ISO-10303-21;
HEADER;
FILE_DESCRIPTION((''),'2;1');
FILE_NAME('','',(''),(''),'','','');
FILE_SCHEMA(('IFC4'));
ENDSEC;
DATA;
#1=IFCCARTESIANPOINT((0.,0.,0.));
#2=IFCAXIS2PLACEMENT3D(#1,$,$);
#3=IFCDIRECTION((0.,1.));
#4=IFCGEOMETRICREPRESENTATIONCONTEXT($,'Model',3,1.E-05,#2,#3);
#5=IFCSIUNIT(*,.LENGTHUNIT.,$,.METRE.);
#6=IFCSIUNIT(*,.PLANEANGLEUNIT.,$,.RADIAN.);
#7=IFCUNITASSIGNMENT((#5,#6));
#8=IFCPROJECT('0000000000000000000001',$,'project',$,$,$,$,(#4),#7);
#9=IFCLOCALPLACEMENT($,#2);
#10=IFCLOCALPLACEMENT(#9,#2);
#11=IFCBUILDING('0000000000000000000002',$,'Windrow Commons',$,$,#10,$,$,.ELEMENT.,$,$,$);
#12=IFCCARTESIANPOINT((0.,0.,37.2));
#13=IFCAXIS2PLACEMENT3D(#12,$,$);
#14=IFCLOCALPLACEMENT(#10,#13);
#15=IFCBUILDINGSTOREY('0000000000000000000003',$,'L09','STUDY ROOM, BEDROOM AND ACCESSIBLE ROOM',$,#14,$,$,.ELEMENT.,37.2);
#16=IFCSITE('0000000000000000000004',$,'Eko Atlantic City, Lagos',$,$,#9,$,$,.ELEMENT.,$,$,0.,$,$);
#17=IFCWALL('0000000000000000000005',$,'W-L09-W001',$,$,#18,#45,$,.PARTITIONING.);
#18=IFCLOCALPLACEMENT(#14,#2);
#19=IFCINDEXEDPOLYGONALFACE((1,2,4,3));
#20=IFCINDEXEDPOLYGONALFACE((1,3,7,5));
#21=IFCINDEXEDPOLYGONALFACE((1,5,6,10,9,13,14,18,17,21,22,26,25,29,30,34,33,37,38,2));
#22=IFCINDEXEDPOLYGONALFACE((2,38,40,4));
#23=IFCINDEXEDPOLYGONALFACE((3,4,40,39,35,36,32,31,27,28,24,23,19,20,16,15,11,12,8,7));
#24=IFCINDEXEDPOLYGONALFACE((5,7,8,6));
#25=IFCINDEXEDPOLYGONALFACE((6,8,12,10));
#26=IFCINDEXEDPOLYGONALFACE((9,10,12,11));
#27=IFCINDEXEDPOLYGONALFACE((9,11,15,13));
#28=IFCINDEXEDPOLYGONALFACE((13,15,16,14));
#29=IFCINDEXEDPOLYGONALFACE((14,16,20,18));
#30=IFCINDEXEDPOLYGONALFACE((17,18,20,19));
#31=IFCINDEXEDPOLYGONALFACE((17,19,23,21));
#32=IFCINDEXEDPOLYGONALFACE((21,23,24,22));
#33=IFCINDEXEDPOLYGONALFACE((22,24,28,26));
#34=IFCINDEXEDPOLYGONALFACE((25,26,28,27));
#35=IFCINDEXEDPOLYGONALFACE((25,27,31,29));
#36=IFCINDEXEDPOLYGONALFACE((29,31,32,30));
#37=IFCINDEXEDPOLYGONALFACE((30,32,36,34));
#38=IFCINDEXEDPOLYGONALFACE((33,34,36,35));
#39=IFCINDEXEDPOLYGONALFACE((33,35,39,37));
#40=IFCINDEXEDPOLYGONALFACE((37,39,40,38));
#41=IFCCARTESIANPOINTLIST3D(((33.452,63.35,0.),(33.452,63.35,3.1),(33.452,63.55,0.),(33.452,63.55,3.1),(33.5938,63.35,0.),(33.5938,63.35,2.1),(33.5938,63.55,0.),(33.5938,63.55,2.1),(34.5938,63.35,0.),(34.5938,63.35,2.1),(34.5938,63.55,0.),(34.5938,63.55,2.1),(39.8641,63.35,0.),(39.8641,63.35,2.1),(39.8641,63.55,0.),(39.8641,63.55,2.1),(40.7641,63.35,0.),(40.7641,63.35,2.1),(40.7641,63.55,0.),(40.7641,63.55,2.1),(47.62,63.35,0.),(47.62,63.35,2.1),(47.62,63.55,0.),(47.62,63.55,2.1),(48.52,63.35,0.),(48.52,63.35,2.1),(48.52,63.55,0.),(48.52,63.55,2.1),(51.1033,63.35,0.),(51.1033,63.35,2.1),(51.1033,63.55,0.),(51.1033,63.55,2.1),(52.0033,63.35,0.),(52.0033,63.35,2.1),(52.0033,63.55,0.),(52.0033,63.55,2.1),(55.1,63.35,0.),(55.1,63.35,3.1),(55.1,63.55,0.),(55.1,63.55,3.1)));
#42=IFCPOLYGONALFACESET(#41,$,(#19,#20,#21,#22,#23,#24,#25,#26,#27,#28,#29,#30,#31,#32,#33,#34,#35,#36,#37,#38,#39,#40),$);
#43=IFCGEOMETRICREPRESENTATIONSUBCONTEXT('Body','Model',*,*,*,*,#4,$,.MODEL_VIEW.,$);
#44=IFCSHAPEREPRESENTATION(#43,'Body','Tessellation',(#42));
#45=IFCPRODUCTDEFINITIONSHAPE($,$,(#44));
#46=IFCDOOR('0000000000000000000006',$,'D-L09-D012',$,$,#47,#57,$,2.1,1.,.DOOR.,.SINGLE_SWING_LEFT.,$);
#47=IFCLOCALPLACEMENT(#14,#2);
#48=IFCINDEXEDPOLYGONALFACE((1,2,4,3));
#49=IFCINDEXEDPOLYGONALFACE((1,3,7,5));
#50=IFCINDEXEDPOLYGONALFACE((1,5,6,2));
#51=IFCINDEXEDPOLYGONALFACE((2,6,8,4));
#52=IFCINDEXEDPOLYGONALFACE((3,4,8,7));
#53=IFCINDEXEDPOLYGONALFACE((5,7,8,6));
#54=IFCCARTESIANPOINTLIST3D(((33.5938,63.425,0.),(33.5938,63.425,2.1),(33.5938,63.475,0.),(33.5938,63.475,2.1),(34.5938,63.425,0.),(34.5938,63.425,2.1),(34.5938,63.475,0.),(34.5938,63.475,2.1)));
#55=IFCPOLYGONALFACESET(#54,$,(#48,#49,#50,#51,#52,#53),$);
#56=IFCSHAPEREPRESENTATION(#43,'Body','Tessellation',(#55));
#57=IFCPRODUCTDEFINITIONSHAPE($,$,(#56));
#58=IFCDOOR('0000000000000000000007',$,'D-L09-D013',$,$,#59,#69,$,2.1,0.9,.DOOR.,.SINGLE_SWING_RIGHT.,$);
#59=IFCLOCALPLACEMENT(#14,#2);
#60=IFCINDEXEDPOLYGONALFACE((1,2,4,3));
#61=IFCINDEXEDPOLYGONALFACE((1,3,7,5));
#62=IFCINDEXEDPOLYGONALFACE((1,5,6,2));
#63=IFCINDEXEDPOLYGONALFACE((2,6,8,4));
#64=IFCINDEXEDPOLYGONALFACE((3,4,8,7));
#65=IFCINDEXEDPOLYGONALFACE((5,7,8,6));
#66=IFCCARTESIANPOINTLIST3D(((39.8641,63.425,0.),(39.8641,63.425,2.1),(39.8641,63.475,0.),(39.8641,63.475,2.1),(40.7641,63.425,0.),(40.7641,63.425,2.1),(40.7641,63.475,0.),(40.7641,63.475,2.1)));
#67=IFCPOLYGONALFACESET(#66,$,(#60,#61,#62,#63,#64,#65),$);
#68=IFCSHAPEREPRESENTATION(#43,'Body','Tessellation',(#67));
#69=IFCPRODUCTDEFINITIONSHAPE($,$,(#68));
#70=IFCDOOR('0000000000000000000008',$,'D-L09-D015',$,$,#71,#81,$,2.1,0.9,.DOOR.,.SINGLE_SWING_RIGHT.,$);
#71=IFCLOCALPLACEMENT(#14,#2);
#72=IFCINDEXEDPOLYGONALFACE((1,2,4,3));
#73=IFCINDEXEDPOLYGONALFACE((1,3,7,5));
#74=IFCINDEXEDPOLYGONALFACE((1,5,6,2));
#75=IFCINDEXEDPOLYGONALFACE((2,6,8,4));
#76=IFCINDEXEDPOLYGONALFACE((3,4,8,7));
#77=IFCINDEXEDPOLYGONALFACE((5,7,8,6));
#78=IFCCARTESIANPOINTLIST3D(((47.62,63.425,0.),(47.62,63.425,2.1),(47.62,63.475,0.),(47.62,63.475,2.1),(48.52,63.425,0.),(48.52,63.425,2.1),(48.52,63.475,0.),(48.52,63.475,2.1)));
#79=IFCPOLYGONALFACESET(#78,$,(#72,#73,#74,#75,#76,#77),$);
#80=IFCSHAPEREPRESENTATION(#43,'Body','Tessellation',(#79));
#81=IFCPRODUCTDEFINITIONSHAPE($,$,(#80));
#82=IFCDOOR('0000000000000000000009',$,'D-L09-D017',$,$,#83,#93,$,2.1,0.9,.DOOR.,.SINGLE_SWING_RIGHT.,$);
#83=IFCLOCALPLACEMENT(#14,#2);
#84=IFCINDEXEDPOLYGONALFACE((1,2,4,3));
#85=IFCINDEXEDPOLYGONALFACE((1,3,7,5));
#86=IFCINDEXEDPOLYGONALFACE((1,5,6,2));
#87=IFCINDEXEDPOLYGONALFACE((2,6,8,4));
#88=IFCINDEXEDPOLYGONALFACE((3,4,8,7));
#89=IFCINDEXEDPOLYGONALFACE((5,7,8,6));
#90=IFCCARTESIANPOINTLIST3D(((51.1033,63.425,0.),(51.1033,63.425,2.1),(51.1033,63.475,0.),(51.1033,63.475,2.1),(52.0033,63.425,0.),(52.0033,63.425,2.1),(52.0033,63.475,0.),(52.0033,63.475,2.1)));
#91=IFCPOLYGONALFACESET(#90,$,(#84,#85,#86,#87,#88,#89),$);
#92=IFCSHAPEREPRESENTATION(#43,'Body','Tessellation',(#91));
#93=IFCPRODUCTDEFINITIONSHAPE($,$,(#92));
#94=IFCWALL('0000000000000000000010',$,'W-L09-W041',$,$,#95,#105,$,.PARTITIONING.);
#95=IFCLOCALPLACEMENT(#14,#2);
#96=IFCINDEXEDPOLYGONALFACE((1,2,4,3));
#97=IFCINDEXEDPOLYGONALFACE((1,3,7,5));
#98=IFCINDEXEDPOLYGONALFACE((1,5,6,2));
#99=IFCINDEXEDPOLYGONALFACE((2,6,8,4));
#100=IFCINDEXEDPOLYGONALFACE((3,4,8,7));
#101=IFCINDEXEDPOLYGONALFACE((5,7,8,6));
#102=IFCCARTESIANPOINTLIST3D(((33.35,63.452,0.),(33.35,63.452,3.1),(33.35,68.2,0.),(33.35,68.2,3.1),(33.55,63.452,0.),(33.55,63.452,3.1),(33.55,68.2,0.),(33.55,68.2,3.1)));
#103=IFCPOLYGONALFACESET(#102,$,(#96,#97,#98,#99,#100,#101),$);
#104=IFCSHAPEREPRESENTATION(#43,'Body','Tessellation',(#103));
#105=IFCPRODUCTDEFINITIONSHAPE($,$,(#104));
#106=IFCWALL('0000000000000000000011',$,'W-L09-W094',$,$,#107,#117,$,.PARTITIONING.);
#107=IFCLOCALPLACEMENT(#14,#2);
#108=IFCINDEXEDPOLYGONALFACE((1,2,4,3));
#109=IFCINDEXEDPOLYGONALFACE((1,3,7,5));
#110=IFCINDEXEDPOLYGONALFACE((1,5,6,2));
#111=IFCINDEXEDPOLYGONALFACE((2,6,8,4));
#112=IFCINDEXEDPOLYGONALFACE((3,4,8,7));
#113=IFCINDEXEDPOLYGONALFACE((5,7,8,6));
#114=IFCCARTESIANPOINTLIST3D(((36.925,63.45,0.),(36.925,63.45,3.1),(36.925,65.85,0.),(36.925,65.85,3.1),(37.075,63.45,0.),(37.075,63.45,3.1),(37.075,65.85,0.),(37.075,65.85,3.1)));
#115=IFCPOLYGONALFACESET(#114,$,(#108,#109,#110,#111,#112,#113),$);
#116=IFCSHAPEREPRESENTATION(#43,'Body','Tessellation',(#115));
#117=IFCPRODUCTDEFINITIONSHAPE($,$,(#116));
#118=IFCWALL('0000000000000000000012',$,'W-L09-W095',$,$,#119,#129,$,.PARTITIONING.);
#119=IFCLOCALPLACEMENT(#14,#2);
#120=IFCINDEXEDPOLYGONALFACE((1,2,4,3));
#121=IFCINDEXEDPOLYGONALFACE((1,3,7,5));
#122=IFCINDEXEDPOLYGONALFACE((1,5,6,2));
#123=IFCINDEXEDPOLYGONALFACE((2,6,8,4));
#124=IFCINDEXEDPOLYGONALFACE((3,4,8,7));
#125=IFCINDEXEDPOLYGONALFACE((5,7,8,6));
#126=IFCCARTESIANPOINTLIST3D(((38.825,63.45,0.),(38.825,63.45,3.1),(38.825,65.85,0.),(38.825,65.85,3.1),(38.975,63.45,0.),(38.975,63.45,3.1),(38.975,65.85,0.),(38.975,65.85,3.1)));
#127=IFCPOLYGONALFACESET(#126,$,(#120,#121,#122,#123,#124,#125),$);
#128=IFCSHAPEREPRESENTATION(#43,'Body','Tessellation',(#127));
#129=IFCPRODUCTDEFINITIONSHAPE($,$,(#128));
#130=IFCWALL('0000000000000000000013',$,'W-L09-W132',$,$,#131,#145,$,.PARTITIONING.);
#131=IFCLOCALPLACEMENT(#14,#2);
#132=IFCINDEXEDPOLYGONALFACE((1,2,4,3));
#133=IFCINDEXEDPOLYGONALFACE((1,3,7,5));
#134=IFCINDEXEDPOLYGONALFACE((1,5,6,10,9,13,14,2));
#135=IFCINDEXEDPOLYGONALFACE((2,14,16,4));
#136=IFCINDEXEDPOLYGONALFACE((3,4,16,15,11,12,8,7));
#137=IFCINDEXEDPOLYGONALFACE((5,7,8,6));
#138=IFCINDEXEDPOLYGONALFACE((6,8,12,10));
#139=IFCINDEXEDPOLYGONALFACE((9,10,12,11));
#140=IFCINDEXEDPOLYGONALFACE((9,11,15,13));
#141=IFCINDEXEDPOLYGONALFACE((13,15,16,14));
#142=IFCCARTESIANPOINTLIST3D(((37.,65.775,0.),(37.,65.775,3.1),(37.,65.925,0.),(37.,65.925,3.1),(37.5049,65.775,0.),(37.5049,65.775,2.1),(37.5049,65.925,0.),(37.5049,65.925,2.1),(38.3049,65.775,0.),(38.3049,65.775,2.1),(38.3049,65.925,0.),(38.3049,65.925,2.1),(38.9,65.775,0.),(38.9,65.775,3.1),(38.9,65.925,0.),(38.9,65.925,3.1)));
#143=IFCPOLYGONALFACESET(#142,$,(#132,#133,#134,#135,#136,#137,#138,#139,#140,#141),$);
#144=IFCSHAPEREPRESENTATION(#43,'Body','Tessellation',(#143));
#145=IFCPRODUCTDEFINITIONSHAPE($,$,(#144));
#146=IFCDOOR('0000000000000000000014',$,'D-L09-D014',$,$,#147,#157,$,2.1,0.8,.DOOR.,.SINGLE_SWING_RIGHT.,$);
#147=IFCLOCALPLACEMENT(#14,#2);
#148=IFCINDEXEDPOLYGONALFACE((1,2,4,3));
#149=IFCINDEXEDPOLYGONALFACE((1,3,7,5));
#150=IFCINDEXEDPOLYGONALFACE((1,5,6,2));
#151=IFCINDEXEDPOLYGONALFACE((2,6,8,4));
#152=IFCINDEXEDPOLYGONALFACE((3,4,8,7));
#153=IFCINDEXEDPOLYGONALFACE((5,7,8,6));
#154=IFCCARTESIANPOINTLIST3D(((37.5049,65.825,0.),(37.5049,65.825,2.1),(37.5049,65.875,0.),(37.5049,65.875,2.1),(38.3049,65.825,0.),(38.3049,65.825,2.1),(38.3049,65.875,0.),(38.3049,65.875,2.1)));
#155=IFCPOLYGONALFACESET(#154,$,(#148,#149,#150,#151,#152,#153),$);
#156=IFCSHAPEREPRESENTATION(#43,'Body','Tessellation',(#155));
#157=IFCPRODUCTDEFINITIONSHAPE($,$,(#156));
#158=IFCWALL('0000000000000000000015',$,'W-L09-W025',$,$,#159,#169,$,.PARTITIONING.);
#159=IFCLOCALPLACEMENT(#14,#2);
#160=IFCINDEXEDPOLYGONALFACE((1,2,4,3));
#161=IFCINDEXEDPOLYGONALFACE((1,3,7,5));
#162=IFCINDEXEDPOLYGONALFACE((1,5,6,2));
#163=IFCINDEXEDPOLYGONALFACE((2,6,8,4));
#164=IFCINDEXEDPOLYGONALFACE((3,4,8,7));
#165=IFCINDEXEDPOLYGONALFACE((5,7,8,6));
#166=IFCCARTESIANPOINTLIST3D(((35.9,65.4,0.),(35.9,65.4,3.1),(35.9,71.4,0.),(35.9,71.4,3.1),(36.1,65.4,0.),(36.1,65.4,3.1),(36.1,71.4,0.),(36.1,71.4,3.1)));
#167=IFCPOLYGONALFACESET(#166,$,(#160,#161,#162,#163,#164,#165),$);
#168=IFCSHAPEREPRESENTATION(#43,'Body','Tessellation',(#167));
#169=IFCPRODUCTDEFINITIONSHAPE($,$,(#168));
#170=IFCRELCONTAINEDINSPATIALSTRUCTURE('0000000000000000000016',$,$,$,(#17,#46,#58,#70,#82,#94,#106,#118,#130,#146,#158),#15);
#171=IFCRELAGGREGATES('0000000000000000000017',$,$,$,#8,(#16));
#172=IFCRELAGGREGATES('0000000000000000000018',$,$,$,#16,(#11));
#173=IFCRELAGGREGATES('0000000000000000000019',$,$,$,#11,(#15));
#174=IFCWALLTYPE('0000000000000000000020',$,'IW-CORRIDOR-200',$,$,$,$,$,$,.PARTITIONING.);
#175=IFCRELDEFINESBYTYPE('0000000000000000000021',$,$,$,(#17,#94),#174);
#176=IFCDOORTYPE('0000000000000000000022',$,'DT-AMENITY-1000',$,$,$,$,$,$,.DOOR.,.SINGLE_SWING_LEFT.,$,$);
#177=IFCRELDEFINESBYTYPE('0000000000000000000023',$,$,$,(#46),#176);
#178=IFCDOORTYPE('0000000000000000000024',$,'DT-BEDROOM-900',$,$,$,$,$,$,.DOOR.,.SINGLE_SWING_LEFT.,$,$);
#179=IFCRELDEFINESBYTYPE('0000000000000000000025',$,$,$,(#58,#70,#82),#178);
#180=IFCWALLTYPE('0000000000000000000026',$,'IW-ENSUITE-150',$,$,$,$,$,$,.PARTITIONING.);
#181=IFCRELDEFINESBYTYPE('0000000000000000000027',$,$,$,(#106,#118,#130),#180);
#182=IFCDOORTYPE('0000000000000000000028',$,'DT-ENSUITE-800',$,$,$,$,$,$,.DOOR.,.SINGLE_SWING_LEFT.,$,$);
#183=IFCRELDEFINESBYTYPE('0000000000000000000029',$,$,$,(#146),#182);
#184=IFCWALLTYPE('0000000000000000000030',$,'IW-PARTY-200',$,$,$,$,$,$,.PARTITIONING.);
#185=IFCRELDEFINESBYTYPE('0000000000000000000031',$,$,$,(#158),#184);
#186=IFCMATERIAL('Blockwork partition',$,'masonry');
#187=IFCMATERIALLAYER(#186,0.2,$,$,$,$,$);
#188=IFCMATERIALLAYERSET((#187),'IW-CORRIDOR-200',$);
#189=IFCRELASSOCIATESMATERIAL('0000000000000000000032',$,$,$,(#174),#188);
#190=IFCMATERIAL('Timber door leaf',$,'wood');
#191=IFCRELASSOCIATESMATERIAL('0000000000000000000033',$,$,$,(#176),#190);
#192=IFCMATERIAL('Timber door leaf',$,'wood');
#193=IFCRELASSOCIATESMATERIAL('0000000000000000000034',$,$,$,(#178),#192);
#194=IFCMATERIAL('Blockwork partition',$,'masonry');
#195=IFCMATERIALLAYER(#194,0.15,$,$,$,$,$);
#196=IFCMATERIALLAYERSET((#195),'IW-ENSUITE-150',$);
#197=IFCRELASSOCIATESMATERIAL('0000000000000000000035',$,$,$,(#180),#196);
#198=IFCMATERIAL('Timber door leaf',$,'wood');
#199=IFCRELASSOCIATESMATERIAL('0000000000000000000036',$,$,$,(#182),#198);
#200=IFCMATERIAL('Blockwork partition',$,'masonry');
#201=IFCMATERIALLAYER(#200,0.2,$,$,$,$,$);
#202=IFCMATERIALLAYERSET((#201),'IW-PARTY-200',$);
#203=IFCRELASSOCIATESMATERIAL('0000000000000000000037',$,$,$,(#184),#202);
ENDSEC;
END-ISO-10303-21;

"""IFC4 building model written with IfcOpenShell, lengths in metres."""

from ifc_helpers import new_model, si_unit, direction, frame, frame_2d, origin, place, context, subcontext, project, spatial, rectangle, extrude, material, layer, layer_set, type_object, element, fill, save


model = new_model("IFC4")

# Units and contexts
model_context = context("Model", 3, precision=1e-05, world=origin(), true_north=direction((0.0, 1.0)))
body_context = subcontext(model_context, "Body", "Model", "MODEL_VIEW")
ifc_project = project(units=[si_unit("LENGTHUNIT", "METRE"), si_unit("PLANEANGLEUNIT", "RADIAN")], contexts=[model_context])

# Site, building, storey
site_placement = place(None, origin())
site = spatial("IfcSite", under=ifc_project, at=site_placement, Name="Eko Atlantic City, Lagos", CompositionType="ELEMENT", RefElevation=0.0)
building_placement = place(site_placement, origin())
building = spatial("IfcBuilding", under=site, at=building_placement, Name="Windrow Commons", CompositionType="ELEMENT")
storey_placement = place(building_placement, frame((0.0, 0.0, 37.2)))
storey = spatial("IfcBuildingStorey", under=building, at=storey_placement, Name="L09", Description="STUDY ROOM, BEDROOM AND ACCESSIBLE ROOM", CompositionType="ELEMENT", Elevation=37.2)

# Wall, openings, doors
ifc_material_1 = material(Name="Blockwork partition", Category="masonry")
ifc_layer_1 = layer(ifc_material_1, 0.2)
ifc_layer_set_1 = layer_set([ifc_layer_1], Name="IW-CORRIDOR-200")
wall_type_1 = type_object("IfcWallType", Name="IW-CORRIDOR-200", PredefinedType="PARTITIONING", material=ifc_layer_set_1)
wall_1_placement = place(storey_placement, frame((33.452, 63.45, 0.0), z_axis=(0.0, 0.0, 1.0), x_axis=(1.0, 0.0, 0.0)))
wall_1 = element("IfcWall", 1, at=wall_1_placement, inside=storey, type_object=wall_type_1, Name="W-L09-W001", PredefinedType="PARTITIONING", context=body_context, shape_type="SweptSolid", body=[
    extrude(rectangle(XDim=21.648, YDim=0.2, at=frame_2d((10.824, 0.0))), origin(), (0.0, 0.0, 1.0), 3.1),
])
opening_1_placement = place(wall_1_placement, frame((0.1418, 0.0, 0.0)))
opening_1 = element("IfcOpeningElement", 2, at=opening_1_placement, cuts=wall_1, PredefinedType="OPENING", context=body_context, shape_type="SweptSolid", body=[
    extrude(rectangle(XDim=1.0, YDim=2.1, at=frame_2d((0.5, 1.05))), frame((0.0, 0.11, 0.0), z_axis=(0.0, -1.0, 0.0), x_axis=(1.0, 0.0, 0.0)), (0.0, 0.0, 1.0), 0.22),
])
opening_2_placement = place(wall_1_placement, frame((6.4121, 0.0, 0.0)))
opening_2 = element("IfcOpeningElement", 3, at=opening_2_placement, cuts=wall_1, PredefinedType="OPENING", context=body_context, shape_type="SweptSolid", body=[
    extrude(rectangle(XDim=0.9, YDim=2.1, at=frame_2d((0.45, 1.05))), frame((0.0, 0.11, 0.0), z_axis=(0.0, -1.0, 0.0), x_axis=(1.0, 0.0, 0.0)), (0.0, 0.0, 1.0), 0.22),
])
opening_3_placement = place(wall_1_placement, frame((14.168, 0.0, 0.0)))
opening_3 = element("IfcOpeningElement", 4, at=opening_3_placement, cuts=wall_1, PredefinedType="OPENING", context=body_context, shape_type="SweptSolid", body=[
    extrude(rectangle(XDim=0.9, YDim=2.1, at=frame_2d((0.45, 1.05))), frame((0.0, 0.11, 0.0), z_axis=(0.0, -1.0, 0.0), x_axis=(1.0, 0.0, 0.0)), (0.0, 0.0, 1.0), 0.22),
])
opening_4_placement = place(wall_1_placement, frame((17.6513, 0.0, 0.0)))
opening_4 = element("IfcOpeningElement", 5, at=opening_4_placement, cuts=wall_1, PredefinedType="OPENING", context=body_context, shape_type="SweptSolid", body=[
    extrude(rectangle(XDim=0.9, YDim=2.1, at=frame_2d((0.45, 1.05))), frame((0.0, 0.11, 0.0), z_axis=(0.0, -1.0, 0.0), x_axis=(1.0, 0.0, 0.0)), (0.0, 0.0, 1.0), 0.22),
])
ifc_material_2 = material(Name="Timber door leaf", Category="wood")
door_type_1 = type_object("IfcDoorType", Name="DT-AMENITY-1000", OperationType="SINGLE_SWING_LEFT", PredefinedType="DOOR", material=ifc_material_2)
door_1_placement = place(opening_1_placement, origin())
door_1 = element("IfcDoor", 6, at=door_1_placement, inside=storey, type_object=door_type_1, Name="D-L09-D012", OperationType="SINGLE_SWING_LEFT", OverallHeight=2.1, OverallWidth=1.0, PredefinedType="DOOR", context=body_context, shape_type="SweptSolid", body=[
    extrude(rectangle(XDim=1.0, YDim=2.1, at=frame_2d((0.5, 1.05))), frame((0.0, 0.025, 0.0), z_axis=(0.0, -1.0, 0.0), x_axis=(1.0, 0.0, 0.0)), (0.0, 0.0, 1.0), 0.05),
])
fill(opening_1, door_1)
ifc_material_3 = material(Name="Timber door leaf", Category="wood")
door_type_2 = type_object("IfcDoorType", Name="DT-BEDROOM-900", OperationType="SINGLE_SWING_LEFT", PredefinedType="DOOR", material=ifc_material_3)
door_2_placement = place(opening_2_placement, origin())
door_2 = element("IfcDoor", 7, at=door_2_placement, inside=storey, type_object=door_type_2, Name="D-L09-D013", OperationType="SINGLE_SWING_RIGHT", OverallHeight=2.1, OverallWidth=0.9, PredefinedType="DOOR", context=body_context, shape_type="SweptSolid", body=[
    extrude(rectangle(XDim=0.9, YDim=2.1, at=frame_2d((0.45, 1.05))), frame((0.0, 0.025, 0.0), z_axis=(0.0, -1.0, 0.0), x_axis=(1.0, 0.0, 0.0)), (0.0, 0.0, 1.0), 0.05),
])
fill(opening_2, door_2)
door_3_placement = place(opening_3_placement, origin())
door_3 = element("IfcDoor", 8, at=door_3_placement, inside=storey, type_object=door_type_2, Name="D-L09-D015", OperationType="SINGLE_SWING_RIGHT", OverallHeight=2.1, OverallWidth=0.9, PredefinedType="DOOR", context=body_context, shape_type="SweptSolid", body=[
    extrude(rectangle(XDim=0.9, YDim=2.1, at=frame_2d((0.45, 1.05))), frame((0.0, 0.025, 0.0), z_axis=(0.0, -1.0, 0.0), x_axis=(1.0, 0.0, 0.0)), (0.0, 0.0, 1.0), 0.05),
])
fill(opening_3, door_3)
door_4_placement = place(opening_4_placement, origin())
door_4 = element("IfcDoor", 9, at=door_4_placement, inside=storey, type_object=door_type_2, Name="D-L09-D017", OperationType="SINGLE_SWING_RIGHT", OverallHeight=2.1, OverallWidth=0.9, PredefinedType="DOOR", context=body_context, shape_type="SweptSolid", body=[
    extrude(rectangle(XDim=0.9, YDim=2.1, at=frame_2d((0.45, 1.05))), frame((0.0, 0.025, 0.0), z_axis=(0.0, -1.0, 0.0), x_axis=(1.0, 0.0, 0.0)), (0.0, 0.0, 1.0), 0.05),
])
fill(opening_4, door_4)

# Walls
wall_2_placement = place(storey_placement, frame((33.45, 63.452, 0.0), z_axis=(0.0, 0.0, 1.0), x_axis=(0.0, 1.0, 0.0)))
element("IfcWall", 10, at=wall_2_placement, inside=storey, type_object=wall_type_1, Name="W-L09-W041", PredefinedType="PARTITIONING", context=body_context, shape_type="SweptSolid", body=[
    extrude(rectangle(XDim=4.748, YDim=0.2, at=frame_2d((2.374, 0.0))), origin(), (0.0, 0.0, 1.0), 3.1),
])
ifc_material_4 = material(Name="Blockwork partition", Category="masonry")
ifc_layer_2 = layer(ifc_material_4, 0.15)
ifc_layer_set_2 = layer_set([ifc_layer_2], Name="IW-ENSUITE-150")
wall_type_2 = type_object("IfcWallType", Name="IW-ENSUITE-150", PredefinedType="PARTITIONING", material=ifc_layer_set_2)
for number, where, z_axis, x_axis, name in (
    (11, (37.0, 63.45, 0.0), (0.0, 0.0, 1.0), (0.0, 1.0, 0.0), "W-L09-W094"),
    (12, (38.9, 63.45, 0.0), (0.0, 0.0, 1.0), (0.0, 1.0, 0.0), "W-L09-W095"),
):
    element("IfcWall", number, at=place(storey_placement, frame(where, z_axis=z_axis, x_axis=x_axis)), inside=storey, type_object=wall_type_2, Name=name, PredefinedType="PARTITIONING", context=body_context, shape_type="SweptSolid", body=[
        extrude(rectangle(XDim=2.4, YDim=0.15, at=frame_2d((1.2, 0.0))), origin(), (0.0, 0.0, 1.0), 3.1),
    ])

# Wall, opening, door
wall_3_placement = place(storey_placement, frame((37.0, 65.85, 0.0), z_axis=(0.0, 0.0, 1.0), x_axis=(1.0, 0.0, 0.0)))
wall_3 = element("IfcWall", 13, at=wall_3_placement, inside=storey, type_object=wall_type_2, Name="W-L09-W132", PredefinedType="PARTITIONING", context=body_context, shape_type="SweptSolid", body=[
    extrude(rectangle(XDim=1.9, YDim=0.15, at=frame_2d((0.95, 0.0))), origin(), (0.0, 0.0, 1.0), 3.1),
])
opening_5_placement = place(wall_3_placement, frame((0.5049, 0.0, 0.0)))
opening_5 = element("IfcOpeningElement", 14, at=opening_5_placement, cuts=wall_3, PredefinedType="OPENING", context=body_context, shape_type="SweptSolid", body=[
    extrude(rectangle(XDim=0.8, YDim=2.1, at=frame_2d((0.4, 1.05))), frame((0.0, 0.085, 0.0), z_axis=(0.0, -1.0, 0.0), x_axis=(1.0, 0.0, 0.0)), (0.0, 0.0, 1.0), 0.17),
])
ifc_material_5 = material(Name="Timber door leaf", Category="wood")
door_type_3 = type_object("IfcDoorType", Name="DT-ENSUITE-800", OperationType="SINGLE_SWING_LEFT", PredefinedType="DOOR", material=ifc_material_5)
door_5_placement = place(opening_5_placement, origin())
door_5 = element("IfcDoor", 15, at=door_5_placement, inside=storey, type_object=door_type_3, Name="D-L09-D014", OperationType="SINGLE_SWING_RIGHT", OverallHeight=2.1, OverallWidth=0.8, PredefinedType="DOOR", context=body_context, shape_type="SweptSolid", body=[
    extrude(rectangle(XDim=0.8, YDim=2.1, at=frame_2d((0.4, 1.05))), frame((0.0, 0.025, 0.0), z_axis=(0.0, -1.0, 0.0), x_axis=(1.0, 0.0, 0.0)), (0.0, 0.0, 1.0), 0.05),
])
fill(opening_5, door_5)

# Wall
ifc_material_6 = material(Name="Blockwork partition", Category="masonry")
ifc_layer_3 = layer(ifc_material_6, 0.2)
ifc_layer_set_3 = layer_set([ifc_layer_3], Name="IW-PARTY-200")
wall_type_3 = type_object("IfcWallType", Name="IW-PARTY-200", PredefinedType="PARTITIONING", material=ifc_layer_set_3)
wall_4_placement = place(storey_placement, frame((36.0, 65.4, 0.0), z_axis=(0.0, 0.0, 1.0), x_axis=(0.0, 1.0, 0.0)))
element("IfcWall", 16, at=wall_4_placement, inside=storey, type_object=wall_type_3, Name="W-L09-W025", PredefinedType="PARTITIONING", context=body_context, shape_type="SweptSolid", body=[
    extrude(rectangle(XDim=6.0, YDim=0.2, at=frame_2d((3.0, 0.0))), origin(), (0.0, 0.0, 1.0), 3.1),
])

save(model, "model.ifc")
